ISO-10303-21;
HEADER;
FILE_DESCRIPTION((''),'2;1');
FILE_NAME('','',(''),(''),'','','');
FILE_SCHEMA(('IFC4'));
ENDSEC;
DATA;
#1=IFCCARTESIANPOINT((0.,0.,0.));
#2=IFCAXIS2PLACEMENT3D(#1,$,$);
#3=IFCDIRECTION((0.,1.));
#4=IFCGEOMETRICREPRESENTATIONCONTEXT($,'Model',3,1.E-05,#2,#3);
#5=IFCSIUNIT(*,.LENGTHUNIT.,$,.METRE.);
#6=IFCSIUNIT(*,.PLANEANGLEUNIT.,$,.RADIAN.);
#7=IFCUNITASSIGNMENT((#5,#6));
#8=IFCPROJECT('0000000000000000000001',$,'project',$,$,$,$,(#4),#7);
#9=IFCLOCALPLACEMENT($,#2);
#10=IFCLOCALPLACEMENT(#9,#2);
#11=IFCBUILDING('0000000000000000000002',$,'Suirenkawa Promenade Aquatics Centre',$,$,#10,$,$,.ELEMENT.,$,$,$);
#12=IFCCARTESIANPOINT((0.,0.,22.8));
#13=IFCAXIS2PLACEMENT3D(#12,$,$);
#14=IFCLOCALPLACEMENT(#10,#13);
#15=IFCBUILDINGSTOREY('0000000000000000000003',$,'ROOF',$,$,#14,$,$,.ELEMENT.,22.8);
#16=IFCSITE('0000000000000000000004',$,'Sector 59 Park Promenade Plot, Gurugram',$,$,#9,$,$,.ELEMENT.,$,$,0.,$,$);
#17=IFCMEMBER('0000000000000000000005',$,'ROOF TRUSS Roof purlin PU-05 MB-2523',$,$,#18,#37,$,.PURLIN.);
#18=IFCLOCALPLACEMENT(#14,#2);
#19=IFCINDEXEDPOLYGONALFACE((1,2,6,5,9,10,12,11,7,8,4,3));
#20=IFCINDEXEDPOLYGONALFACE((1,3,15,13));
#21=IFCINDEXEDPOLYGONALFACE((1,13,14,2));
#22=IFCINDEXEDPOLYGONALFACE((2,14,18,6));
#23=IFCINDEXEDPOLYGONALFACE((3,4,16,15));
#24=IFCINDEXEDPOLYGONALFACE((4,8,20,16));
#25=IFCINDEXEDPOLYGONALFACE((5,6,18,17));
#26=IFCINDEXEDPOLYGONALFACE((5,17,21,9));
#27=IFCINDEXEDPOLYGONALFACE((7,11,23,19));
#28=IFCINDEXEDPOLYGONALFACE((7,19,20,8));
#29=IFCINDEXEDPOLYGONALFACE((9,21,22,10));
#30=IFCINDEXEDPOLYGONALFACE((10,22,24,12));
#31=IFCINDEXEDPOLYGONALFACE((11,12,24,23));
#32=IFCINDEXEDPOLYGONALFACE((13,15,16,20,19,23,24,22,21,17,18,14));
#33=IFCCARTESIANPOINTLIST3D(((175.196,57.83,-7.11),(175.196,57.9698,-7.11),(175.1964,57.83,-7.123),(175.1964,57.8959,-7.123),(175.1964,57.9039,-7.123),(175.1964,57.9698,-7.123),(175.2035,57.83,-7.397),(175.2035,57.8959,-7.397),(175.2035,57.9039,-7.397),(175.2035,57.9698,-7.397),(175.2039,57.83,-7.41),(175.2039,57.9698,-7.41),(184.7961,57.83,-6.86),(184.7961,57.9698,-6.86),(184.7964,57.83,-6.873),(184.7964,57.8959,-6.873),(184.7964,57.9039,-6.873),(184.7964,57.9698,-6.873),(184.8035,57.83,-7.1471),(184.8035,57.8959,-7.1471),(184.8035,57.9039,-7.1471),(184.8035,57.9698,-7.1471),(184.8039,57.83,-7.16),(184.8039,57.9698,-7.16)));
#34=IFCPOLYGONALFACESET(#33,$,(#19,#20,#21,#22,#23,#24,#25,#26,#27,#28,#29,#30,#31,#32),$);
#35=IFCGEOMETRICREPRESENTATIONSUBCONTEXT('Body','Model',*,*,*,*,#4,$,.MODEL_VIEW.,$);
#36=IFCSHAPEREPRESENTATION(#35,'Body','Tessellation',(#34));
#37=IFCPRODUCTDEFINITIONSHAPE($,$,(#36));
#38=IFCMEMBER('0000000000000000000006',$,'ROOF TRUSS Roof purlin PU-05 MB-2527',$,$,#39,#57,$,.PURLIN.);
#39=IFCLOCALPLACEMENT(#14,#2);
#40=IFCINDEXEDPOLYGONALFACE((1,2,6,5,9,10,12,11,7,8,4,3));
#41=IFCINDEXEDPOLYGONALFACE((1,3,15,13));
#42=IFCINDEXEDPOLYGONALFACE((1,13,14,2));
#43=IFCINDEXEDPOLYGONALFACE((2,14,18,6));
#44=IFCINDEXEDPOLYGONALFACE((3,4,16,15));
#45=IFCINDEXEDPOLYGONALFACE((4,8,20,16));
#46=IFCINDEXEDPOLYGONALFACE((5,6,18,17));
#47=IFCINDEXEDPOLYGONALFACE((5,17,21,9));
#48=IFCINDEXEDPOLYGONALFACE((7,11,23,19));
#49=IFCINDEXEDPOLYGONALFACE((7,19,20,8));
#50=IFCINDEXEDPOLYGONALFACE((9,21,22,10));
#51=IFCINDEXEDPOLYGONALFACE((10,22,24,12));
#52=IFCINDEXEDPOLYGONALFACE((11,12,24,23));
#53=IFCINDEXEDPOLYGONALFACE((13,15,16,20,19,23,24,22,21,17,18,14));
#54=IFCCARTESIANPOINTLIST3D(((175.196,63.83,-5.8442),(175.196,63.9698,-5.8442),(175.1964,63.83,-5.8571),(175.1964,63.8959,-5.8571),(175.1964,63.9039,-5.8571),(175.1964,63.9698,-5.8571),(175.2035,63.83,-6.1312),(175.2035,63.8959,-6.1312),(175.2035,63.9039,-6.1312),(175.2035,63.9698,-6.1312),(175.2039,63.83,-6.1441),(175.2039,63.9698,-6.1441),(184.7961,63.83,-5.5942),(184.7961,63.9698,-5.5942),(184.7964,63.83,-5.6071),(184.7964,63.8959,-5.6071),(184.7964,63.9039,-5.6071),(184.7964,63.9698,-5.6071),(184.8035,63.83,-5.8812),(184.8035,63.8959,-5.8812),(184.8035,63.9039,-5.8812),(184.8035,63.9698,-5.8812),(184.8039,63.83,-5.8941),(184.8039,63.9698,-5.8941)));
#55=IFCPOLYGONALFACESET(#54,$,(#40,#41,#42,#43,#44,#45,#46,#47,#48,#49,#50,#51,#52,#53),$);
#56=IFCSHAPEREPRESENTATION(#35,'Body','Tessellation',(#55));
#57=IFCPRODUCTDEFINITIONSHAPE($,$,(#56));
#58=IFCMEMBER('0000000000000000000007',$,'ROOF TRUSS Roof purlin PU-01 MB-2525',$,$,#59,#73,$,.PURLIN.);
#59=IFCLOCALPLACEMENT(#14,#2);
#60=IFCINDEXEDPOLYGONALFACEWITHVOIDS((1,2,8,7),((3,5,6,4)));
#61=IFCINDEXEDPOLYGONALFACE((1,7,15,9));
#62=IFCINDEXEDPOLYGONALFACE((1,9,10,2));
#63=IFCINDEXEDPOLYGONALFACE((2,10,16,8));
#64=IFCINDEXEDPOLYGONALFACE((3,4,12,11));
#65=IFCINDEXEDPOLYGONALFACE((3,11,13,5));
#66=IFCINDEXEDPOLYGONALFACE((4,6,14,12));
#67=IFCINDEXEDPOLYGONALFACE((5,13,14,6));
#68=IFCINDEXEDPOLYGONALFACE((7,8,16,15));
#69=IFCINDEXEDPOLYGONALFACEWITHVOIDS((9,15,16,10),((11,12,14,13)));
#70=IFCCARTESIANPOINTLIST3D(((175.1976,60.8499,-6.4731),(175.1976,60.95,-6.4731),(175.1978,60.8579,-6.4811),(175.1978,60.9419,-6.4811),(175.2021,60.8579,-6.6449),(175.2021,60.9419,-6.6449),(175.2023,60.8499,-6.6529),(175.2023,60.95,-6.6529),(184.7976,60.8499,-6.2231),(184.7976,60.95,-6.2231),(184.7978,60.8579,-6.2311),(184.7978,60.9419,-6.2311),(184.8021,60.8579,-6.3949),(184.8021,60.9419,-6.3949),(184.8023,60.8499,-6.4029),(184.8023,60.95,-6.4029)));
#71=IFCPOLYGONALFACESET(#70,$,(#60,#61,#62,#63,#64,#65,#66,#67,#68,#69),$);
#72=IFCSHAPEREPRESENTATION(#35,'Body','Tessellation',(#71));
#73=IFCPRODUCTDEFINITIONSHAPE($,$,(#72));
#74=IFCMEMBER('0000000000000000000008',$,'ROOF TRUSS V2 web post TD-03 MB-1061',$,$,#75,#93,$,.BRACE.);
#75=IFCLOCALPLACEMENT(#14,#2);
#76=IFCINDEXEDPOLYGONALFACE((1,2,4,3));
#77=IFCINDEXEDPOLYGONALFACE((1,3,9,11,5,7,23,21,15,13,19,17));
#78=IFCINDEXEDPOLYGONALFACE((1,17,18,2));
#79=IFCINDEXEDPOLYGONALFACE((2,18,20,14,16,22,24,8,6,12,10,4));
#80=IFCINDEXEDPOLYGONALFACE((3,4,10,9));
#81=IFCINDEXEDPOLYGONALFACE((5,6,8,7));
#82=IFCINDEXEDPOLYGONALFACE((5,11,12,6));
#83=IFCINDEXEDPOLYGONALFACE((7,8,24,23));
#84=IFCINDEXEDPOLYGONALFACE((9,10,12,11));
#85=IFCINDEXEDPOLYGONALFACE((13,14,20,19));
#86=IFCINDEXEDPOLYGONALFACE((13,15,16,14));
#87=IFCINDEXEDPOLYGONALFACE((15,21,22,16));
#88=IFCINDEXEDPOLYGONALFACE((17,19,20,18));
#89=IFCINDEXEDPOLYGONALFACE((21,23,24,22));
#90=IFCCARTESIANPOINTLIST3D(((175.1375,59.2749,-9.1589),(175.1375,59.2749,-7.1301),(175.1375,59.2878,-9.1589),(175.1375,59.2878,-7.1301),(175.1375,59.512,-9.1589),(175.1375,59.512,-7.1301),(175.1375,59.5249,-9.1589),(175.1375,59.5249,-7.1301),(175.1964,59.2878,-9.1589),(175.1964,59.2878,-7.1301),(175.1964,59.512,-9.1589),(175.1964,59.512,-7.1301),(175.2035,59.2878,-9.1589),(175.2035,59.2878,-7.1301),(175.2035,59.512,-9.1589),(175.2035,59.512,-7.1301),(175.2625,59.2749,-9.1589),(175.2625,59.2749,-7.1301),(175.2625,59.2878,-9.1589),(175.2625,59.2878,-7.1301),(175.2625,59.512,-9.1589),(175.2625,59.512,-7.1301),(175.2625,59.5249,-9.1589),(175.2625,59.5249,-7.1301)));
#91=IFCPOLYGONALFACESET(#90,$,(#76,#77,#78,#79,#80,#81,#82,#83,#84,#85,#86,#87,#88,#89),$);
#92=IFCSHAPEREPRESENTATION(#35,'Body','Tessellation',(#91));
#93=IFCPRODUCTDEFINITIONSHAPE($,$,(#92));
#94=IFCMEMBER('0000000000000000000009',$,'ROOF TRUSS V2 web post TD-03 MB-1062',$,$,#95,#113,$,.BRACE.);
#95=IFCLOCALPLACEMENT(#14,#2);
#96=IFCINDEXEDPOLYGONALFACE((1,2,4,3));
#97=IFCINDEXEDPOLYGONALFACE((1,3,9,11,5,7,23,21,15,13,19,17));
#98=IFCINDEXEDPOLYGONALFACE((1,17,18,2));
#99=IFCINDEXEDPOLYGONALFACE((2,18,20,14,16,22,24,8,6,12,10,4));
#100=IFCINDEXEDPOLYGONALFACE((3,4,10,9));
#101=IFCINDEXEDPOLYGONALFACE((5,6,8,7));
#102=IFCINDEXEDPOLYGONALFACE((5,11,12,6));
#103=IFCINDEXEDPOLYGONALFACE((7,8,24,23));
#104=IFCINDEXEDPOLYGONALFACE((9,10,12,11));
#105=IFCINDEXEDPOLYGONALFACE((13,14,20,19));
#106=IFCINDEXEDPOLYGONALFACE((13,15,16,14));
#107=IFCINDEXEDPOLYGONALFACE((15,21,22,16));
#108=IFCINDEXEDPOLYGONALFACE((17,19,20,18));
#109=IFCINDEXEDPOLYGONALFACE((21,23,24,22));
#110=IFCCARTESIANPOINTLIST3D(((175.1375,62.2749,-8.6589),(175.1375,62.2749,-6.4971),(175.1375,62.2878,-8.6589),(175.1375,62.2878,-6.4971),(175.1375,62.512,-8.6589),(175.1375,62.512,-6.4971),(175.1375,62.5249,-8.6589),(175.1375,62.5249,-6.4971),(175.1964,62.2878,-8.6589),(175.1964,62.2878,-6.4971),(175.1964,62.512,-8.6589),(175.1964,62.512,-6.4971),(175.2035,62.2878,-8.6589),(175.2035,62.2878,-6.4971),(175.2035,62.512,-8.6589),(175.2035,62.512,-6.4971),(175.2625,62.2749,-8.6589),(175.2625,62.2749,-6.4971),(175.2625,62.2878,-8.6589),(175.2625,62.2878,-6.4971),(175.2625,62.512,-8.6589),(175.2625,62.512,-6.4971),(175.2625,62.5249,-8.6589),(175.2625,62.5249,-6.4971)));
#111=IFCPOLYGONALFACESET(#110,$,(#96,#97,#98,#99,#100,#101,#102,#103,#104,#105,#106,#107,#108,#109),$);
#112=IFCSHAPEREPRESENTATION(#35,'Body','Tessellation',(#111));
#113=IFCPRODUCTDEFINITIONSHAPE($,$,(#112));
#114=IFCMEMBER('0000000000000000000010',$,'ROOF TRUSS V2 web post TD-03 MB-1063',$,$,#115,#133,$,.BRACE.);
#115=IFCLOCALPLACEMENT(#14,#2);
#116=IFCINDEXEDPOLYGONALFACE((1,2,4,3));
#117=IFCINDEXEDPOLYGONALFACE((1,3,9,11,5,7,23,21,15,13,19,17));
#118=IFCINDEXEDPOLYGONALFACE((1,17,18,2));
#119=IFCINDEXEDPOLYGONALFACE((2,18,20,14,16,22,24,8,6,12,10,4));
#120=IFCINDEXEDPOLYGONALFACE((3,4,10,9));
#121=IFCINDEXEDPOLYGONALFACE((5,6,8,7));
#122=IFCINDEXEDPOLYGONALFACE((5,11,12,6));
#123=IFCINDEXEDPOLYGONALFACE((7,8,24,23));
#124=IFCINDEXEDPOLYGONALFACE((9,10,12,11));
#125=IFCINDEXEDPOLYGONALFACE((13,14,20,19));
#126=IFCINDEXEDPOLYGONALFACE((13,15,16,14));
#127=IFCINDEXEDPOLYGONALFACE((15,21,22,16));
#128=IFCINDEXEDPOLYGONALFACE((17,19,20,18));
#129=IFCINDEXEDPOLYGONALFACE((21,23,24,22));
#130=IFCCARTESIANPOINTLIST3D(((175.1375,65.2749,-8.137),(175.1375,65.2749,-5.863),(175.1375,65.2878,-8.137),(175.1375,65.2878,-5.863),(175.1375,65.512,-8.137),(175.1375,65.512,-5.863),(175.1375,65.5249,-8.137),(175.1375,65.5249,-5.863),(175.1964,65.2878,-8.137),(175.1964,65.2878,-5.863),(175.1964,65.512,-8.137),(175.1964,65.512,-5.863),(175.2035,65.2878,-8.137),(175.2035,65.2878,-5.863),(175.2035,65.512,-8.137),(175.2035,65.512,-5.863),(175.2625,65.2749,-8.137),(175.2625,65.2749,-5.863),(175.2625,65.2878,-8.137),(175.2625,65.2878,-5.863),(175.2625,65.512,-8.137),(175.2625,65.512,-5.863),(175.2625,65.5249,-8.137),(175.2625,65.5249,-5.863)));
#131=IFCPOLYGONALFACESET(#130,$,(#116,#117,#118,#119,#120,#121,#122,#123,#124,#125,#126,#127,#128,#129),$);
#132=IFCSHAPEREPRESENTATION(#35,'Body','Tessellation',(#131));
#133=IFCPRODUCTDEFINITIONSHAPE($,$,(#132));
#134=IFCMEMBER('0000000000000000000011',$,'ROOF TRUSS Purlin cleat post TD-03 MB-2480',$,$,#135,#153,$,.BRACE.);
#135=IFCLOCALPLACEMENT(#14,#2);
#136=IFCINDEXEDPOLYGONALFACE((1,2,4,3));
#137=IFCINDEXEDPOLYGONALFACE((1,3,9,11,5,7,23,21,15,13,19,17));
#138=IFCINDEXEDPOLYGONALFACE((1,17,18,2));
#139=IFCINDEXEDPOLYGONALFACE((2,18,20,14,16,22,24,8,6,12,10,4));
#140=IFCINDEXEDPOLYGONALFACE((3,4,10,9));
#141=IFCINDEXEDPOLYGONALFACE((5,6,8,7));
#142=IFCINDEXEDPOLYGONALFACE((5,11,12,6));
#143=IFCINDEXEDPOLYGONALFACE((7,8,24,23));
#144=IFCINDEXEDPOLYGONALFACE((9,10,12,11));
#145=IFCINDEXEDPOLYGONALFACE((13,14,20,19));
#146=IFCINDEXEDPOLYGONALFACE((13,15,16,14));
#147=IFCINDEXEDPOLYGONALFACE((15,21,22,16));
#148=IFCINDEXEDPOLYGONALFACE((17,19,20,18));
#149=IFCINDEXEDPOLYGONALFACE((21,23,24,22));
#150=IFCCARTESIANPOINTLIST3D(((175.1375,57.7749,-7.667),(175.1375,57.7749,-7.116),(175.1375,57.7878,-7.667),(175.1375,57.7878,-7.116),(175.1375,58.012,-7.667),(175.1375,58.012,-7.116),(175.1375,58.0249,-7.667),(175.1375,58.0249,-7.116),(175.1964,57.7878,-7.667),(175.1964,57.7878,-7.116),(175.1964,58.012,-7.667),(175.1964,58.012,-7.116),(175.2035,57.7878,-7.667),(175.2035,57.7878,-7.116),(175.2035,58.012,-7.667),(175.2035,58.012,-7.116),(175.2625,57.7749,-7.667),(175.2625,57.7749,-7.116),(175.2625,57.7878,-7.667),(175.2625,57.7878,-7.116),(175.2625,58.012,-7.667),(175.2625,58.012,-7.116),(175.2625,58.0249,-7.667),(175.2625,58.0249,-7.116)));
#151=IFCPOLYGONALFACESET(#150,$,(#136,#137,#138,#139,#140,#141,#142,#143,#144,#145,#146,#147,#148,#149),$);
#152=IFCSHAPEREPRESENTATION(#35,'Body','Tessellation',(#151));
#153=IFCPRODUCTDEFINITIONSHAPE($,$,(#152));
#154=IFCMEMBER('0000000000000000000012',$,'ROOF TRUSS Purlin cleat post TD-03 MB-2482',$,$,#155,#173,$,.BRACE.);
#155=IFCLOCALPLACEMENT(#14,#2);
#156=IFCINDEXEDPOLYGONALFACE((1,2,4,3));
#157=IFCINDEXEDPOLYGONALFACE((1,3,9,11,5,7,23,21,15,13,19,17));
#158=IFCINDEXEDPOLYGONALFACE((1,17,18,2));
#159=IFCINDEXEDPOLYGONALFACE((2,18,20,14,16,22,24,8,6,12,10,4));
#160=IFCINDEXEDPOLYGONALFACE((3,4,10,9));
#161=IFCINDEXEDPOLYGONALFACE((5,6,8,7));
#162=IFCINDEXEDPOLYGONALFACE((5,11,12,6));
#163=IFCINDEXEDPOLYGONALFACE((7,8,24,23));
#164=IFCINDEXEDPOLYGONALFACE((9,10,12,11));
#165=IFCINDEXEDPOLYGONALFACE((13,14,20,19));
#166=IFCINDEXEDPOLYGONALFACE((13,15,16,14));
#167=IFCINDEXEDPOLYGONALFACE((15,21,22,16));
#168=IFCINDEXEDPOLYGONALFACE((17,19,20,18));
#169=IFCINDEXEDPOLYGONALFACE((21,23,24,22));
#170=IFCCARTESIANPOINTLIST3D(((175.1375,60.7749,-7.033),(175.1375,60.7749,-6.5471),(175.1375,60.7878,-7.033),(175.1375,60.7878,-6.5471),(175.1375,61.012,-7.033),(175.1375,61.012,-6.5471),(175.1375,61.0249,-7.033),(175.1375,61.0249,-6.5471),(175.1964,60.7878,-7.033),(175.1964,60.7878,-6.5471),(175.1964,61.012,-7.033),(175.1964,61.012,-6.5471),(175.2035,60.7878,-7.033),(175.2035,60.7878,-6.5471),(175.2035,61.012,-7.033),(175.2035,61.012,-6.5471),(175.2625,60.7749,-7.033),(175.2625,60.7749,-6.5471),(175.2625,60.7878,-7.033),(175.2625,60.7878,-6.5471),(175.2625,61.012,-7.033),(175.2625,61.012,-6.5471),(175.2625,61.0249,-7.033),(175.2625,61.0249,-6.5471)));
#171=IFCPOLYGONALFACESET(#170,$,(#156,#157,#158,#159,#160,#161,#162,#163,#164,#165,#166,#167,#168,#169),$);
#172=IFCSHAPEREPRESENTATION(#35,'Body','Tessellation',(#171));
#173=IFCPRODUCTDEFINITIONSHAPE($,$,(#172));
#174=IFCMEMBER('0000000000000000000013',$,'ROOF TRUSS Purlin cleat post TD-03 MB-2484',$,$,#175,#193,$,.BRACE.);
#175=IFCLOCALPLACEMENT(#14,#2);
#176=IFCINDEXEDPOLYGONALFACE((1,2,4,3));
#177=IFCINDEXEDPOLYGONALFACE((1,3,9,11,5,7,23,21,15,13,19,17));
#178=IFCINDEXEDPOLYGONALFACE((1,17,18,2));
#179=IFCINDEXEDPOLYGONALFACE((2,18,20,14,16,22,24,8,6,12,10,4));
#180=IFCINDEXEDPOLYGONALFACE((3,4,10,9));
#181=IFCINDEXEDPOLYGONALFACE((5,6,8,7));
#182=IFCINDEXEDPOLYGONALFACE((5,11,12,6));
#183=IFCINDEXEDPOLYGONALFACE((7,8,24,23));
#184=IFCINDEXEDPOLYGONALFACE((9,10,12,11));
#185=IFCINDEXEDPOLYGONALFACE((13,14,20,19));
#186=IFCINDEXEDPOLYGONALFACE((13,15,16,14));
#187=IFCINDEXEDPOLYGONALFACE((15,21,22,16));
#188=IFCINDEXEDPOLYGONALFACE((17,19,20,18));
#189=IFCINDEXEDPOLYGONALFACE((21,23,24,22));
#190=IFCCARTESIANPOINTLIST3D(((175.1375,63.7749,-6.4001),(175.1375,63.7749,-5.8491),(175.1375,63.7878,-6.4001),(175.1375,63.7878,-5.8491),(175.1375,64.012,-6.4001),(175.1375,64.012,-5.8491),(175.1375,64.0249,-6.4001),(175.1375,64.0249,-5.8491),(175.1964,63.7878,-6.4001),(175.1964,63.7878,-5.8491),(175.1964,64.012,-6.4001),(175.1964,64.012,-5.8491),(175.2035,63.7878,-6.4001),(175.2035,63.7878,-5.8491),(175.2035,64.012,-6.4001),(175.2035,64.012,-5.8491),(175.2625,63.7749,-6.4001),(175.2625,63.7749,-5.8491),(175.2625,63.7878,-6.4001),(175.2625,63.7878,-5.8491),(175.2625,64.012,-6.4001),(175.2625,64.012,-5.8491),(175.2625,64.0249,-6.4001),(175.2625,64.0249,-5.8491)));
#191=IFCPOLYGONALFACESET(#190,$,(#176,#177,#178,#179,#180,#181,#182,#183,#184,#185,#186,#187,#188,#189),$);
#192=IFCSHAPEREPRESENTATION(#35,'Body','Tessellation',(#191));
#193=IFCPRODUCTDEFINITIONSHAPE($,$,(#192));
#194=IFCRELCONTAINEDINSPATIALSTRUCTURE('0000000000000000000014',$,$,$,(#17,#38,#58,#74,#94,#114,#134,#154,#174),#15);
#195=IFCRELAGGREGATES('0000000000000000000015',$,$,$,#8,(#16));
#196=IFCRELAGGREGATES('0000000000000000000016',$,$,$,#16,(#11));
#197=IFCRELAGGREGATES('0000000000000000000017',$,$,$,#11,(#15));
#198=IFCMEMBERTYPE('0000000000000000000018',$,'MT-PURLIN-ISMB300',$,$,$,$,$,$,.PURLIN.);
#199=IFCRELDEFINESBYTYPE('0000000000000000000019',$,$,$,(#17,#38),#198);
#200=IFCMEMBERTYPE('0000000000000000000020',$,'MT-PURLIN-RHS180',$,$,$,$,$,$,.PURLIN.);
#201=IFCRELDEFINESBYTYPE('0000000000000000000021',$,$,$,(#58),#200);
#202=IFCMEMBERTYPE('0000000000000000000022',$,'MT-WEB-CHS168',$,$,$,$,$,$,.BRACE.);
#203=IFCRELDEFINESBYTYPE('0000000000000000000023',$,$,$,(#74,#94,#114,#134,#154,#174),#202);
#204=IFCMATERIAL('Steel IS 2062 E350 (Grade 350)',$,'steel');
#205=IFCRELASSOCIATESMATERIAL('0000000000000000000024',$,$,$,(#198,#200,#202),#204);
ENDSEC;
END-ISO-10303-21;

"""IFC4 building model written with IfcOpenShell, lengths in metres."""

from ifc_helpers import new_model, si_unit, direction, frame, origin, origin_2d, place, context, subcontext, project, spatial, hollow_rectangle, i_section, extrude, material, material_profile, profile_set, type_object, element, save


model = new_model("IFC4")

# Units and contexts
model_context = context("Model", 3, precision=1e-05, world=origin(), true_north=direction((0.0, 1.0)))
body_context = subcontext(model_context, "Body", "Model", "MODEL_VIEW")
ifc_project = project(units=[si_unit("LENGTHUNIT", "METRE"), si_unit("PLANEANGLEUNIT", "RADIAN")], contexts=[model_context])

# Site, building, storey
site_placement = place(None, origin())
site = spatial("IfcSite", under=ifc_project, at=site_placement, Name="Sector 59 Park Promenade Plot, Gurugram", CompositionType="ELEMENT", RefElevation=0.0)
building_placement = place(site_placement, origin())
building = spatial("IfcBuilding", under=site, at=building_placement, Name="Suirenkawa Promenade Aquatics Centre", CompositionType="ELEMENT")
storey_placement = place(building_placement, frame((0.0, 0.0, 22.8)))
storey = spatial("IfcBuildingStorey", under=building, at=storey_placement, Name="ROOF", CompositionType="ELEMENT", Elevation=22.8)

# Shared definitions
ifc_material = material(Name="Steel IS 2062 E350 (Grade 350)", Category="steel")

# Members
ifc_material_profile_1 = material_profile(ifc_material, i_section(OverallWidth=0.1399, OverallDepth=0.3, WebThickness=0.0081, FlangeThickness=0.0129, at=origin_2d()), Name="ISMB 300", Category="steel")
ifc_profile_set_1 = profile_set([ifc_material_profile_1], Name="Steel IS 2062 E350 (Grade 350)")
member_type_1 = type_object("IfcMemberType", Name="MT-PURLIN-ISMB300", PredefinedType="PURLIN", material=ifc_profile_set_1)
for number, where, z_axis, x_axis, name in (
    (1, (175.2, 57.8999, -7.26), (0.999661, 0.0, 0.026033), (0.0, 1.0, 0.0), "ROOF TRUSS Roof purlin PU-05 MB-2523"),
    (2, (175.2, 63.8999, -5.9941), (0.999661, 0.0, 0.026033), (0.0, 1.0, 0.0), "ROOF TRUSS Roof purlin PU-05 MB-2527"),
):
    element("IfcMember", number, at=place(storey_placement, frame(where, z_axis=z_axis, x_axis=x_axis)), inside=storey, type_object=member_type_1, Name=name, PredefinedType="PURLIN", context=body_context, shape_type="SweptSolid", body=[
        extrude(i_section(OverallWidth=0.1399, OverallDepth=0.3, WebThickness=0.0081, FlangeThickness=0.0129, at=origin_2d()), origin(), (0.0, 0.0, 1.0), 9.6033),
    ])
ifc_material_profile_2 = material_profile(ifc_material, hollow_rectangle(XDim=0.1001, YDim=0.1799, WallThickness=0.0081, at=origin_2d()), Name="RHS 180x100x8", Category="steel")
ifc_profile_set_2 = profile_set([ifc_material_profile_2], Name="Steel IS 2062 E350 (Grade 350)")
member_type_2 = type_object("IfcMemberType", Name="MT-PURLIN-RHS180", PredefinedType="PURLIN", material=ifc_profile_set_2)
member_1_placement = place(storey_placement, frame((175.2, 60.8999, -6.563), z_axis=(0.999661, 0.0, 0.026033), x_axis=(0.0, 1.0, 0.0)))
element("IfcMember", 3, at=member_1_placement, inside=storey, type_object=member_type_2, Name="ROOF TRUSS Roof purlin PU-01 MB-2525", PredefinedType="PURLIN", context=body_context, shape_type="SweptSolid", body=[
    extrude(hollow_rectangle(XDim=0.1001, YDim=0.1799, WallThickness=0.0081, at=origin_2d()), origin(), (0.0, 0.0, 1.0), 9.6033),
])
ifc_material_profile_3 = material_profile(ifc_material, i_section(OverallWidth=0.125, OverallDepth=0.25, WebThickness=0.0071, FlangeThickness=0.0129, at=origin_2d()), Name="ISMB 250", Category="steel")
ifc_profile_set_3 = profile_set([ifc_material_profile_3], Name="Steel IS 2062 E350 (Grade 350)")
member_type_3 = type_object("IfcMemberType", Name="MT-WEB-CHS168", PredefinedType="BRACE", material=ifc_profile_set_3)
member_2_placement = place(storey_placement, frame((175.2, 59.3999, -9.1589), z_axis=(0.0, 0.0, 1.0), x_axis=(1.0, 0.0, 0.0)))
element("IfcMember", 4, at=member_2_placement, inside=storey, type_object=member_type_3, Name="ROOF TRUSS V2 web post TD-03 MB-1061", PredefinedType="BRACE", context=body_context, shape_type="SweptSolid", body=[
    extrude(i_section(OverallWidth=0.125, OverallDepth=0.25, WebThickness=0.0071, FlangeThickness=0.0129, at=origin_2d()), origin(), (0.0, 0.0, 1.0), 2.0288),
])
member_3_placement = place(storey_placement, frame((175.2, 62.3999, -8.6589), z_axis=(0.0, 0.0, 1.0), x_axis=(1.0, 0.0, 0.0)))
element("IfcMember", 5, at=member_3_placement, inside=storey, type_object=member_type_3, Name="ROOF TRUSS V2 web post TD-03 MB-1062", PredefinedType="BRACE", context=body_context, shape_type="SweptSolid", body=[
    extrude(i_section(OverallWidth=0.125, OverallDepth=0.25, WebThickness=0.0071, FlangeThickness=0.0129, at=origin_2d()), origin(), (0.0, 0.0, 1.0), 2.1619),
])
member_4_placement = place(storey_placement, frame((175.2, 65.3999, -8.137), z_axis=(0.0, 0.0, 1.0), x_axis=(1.0, 0.0, 0.0)))
element("IfcMember", 6, at=member_4_placement, inside=storey, type_object=member_type_3, Name="ROOF TRUSS V2 web post TD-03 MB-1063", PredefinedType="BRACE", context=body_context, shape_type="SweptSolid", body=[
    extrude(i_section(OverallWidth=0.125, OverallDepth=0.25, WebThickness=0.0071, FlangeThickness=0.0129, at=origin_2d()), origin(), (0.0, 0.0, 1.0), 2.2739),
])
member_5_placement = place(storey_placement, frame((175.2, 57.8999, -7.667), z_axis=(0.0, 0.0, 1.0), x_axis=(1.0, 0.0, 0.0)))
element("IfcMember", 7, at=member_5_placement, inside=storey, type_object=member_type_3, Name="ROOF TRUSS Purlin cleat post TD-03 MB-2480", PredefinedType="BRACE", context=body_context, shape_type="SweptSolid", body=[
    extrude(i_section(OverallWidth=0.125, OverallDepth=0.25, WebThickness=0.0071, FlangeThickness=0.0129, at=origin_2d()), origin(), (0.0, 0.0, 1.0), 0.551),
])
member_6_placement = place(storey_placement, frame((175.2, 60.8999, -7.033), z_axis=(0.0, 0.0, 1.0), x_axis=(1.0, 0.0, 0.0)))
element("IfcMember", 8, at=member_6_placement, inside=storey, type_object=member_type_3, Name="ROOF TRUSS Purlin cleat post TD-03 MB-2482", PredefinedType="BRACE", context=body_context, shape_type="SweptSolid", body=[
    extrude(i_section(OverallWidth=0.125, OverallDepth=0.25, WebThickness=0.0071, FlangeThickness=0.0129, at=origin_2d()), origin(), (0.0, 0.0, 1.0), 0.4858),
])
member_7_placement = place(storey_placement, frame((175.2, 63.8999, -6.4001), z_axis=(0.0, 0.0, 1.0), x_axis=(1.0, 0.0, 0.0)))
element("IfcMember", 9, at=member_7_placement, inside=storey, type_object=member_type_3, Name="ROOF TRUSS Purlin cleat post TD-03 MB-2484", PredefinedType="BRACE", context=body_context, shape_type="SweptSolid", body=[
    extrude(i_section(OverallWidth=0.125, OverallDepth=0.25, WebThickness=0.0071, FlangeThickness=0.0129, at=origin_2d()), origin(), (0.0, 0.0, 1.0), 0.551),
])

save(model, "model.ifc")
